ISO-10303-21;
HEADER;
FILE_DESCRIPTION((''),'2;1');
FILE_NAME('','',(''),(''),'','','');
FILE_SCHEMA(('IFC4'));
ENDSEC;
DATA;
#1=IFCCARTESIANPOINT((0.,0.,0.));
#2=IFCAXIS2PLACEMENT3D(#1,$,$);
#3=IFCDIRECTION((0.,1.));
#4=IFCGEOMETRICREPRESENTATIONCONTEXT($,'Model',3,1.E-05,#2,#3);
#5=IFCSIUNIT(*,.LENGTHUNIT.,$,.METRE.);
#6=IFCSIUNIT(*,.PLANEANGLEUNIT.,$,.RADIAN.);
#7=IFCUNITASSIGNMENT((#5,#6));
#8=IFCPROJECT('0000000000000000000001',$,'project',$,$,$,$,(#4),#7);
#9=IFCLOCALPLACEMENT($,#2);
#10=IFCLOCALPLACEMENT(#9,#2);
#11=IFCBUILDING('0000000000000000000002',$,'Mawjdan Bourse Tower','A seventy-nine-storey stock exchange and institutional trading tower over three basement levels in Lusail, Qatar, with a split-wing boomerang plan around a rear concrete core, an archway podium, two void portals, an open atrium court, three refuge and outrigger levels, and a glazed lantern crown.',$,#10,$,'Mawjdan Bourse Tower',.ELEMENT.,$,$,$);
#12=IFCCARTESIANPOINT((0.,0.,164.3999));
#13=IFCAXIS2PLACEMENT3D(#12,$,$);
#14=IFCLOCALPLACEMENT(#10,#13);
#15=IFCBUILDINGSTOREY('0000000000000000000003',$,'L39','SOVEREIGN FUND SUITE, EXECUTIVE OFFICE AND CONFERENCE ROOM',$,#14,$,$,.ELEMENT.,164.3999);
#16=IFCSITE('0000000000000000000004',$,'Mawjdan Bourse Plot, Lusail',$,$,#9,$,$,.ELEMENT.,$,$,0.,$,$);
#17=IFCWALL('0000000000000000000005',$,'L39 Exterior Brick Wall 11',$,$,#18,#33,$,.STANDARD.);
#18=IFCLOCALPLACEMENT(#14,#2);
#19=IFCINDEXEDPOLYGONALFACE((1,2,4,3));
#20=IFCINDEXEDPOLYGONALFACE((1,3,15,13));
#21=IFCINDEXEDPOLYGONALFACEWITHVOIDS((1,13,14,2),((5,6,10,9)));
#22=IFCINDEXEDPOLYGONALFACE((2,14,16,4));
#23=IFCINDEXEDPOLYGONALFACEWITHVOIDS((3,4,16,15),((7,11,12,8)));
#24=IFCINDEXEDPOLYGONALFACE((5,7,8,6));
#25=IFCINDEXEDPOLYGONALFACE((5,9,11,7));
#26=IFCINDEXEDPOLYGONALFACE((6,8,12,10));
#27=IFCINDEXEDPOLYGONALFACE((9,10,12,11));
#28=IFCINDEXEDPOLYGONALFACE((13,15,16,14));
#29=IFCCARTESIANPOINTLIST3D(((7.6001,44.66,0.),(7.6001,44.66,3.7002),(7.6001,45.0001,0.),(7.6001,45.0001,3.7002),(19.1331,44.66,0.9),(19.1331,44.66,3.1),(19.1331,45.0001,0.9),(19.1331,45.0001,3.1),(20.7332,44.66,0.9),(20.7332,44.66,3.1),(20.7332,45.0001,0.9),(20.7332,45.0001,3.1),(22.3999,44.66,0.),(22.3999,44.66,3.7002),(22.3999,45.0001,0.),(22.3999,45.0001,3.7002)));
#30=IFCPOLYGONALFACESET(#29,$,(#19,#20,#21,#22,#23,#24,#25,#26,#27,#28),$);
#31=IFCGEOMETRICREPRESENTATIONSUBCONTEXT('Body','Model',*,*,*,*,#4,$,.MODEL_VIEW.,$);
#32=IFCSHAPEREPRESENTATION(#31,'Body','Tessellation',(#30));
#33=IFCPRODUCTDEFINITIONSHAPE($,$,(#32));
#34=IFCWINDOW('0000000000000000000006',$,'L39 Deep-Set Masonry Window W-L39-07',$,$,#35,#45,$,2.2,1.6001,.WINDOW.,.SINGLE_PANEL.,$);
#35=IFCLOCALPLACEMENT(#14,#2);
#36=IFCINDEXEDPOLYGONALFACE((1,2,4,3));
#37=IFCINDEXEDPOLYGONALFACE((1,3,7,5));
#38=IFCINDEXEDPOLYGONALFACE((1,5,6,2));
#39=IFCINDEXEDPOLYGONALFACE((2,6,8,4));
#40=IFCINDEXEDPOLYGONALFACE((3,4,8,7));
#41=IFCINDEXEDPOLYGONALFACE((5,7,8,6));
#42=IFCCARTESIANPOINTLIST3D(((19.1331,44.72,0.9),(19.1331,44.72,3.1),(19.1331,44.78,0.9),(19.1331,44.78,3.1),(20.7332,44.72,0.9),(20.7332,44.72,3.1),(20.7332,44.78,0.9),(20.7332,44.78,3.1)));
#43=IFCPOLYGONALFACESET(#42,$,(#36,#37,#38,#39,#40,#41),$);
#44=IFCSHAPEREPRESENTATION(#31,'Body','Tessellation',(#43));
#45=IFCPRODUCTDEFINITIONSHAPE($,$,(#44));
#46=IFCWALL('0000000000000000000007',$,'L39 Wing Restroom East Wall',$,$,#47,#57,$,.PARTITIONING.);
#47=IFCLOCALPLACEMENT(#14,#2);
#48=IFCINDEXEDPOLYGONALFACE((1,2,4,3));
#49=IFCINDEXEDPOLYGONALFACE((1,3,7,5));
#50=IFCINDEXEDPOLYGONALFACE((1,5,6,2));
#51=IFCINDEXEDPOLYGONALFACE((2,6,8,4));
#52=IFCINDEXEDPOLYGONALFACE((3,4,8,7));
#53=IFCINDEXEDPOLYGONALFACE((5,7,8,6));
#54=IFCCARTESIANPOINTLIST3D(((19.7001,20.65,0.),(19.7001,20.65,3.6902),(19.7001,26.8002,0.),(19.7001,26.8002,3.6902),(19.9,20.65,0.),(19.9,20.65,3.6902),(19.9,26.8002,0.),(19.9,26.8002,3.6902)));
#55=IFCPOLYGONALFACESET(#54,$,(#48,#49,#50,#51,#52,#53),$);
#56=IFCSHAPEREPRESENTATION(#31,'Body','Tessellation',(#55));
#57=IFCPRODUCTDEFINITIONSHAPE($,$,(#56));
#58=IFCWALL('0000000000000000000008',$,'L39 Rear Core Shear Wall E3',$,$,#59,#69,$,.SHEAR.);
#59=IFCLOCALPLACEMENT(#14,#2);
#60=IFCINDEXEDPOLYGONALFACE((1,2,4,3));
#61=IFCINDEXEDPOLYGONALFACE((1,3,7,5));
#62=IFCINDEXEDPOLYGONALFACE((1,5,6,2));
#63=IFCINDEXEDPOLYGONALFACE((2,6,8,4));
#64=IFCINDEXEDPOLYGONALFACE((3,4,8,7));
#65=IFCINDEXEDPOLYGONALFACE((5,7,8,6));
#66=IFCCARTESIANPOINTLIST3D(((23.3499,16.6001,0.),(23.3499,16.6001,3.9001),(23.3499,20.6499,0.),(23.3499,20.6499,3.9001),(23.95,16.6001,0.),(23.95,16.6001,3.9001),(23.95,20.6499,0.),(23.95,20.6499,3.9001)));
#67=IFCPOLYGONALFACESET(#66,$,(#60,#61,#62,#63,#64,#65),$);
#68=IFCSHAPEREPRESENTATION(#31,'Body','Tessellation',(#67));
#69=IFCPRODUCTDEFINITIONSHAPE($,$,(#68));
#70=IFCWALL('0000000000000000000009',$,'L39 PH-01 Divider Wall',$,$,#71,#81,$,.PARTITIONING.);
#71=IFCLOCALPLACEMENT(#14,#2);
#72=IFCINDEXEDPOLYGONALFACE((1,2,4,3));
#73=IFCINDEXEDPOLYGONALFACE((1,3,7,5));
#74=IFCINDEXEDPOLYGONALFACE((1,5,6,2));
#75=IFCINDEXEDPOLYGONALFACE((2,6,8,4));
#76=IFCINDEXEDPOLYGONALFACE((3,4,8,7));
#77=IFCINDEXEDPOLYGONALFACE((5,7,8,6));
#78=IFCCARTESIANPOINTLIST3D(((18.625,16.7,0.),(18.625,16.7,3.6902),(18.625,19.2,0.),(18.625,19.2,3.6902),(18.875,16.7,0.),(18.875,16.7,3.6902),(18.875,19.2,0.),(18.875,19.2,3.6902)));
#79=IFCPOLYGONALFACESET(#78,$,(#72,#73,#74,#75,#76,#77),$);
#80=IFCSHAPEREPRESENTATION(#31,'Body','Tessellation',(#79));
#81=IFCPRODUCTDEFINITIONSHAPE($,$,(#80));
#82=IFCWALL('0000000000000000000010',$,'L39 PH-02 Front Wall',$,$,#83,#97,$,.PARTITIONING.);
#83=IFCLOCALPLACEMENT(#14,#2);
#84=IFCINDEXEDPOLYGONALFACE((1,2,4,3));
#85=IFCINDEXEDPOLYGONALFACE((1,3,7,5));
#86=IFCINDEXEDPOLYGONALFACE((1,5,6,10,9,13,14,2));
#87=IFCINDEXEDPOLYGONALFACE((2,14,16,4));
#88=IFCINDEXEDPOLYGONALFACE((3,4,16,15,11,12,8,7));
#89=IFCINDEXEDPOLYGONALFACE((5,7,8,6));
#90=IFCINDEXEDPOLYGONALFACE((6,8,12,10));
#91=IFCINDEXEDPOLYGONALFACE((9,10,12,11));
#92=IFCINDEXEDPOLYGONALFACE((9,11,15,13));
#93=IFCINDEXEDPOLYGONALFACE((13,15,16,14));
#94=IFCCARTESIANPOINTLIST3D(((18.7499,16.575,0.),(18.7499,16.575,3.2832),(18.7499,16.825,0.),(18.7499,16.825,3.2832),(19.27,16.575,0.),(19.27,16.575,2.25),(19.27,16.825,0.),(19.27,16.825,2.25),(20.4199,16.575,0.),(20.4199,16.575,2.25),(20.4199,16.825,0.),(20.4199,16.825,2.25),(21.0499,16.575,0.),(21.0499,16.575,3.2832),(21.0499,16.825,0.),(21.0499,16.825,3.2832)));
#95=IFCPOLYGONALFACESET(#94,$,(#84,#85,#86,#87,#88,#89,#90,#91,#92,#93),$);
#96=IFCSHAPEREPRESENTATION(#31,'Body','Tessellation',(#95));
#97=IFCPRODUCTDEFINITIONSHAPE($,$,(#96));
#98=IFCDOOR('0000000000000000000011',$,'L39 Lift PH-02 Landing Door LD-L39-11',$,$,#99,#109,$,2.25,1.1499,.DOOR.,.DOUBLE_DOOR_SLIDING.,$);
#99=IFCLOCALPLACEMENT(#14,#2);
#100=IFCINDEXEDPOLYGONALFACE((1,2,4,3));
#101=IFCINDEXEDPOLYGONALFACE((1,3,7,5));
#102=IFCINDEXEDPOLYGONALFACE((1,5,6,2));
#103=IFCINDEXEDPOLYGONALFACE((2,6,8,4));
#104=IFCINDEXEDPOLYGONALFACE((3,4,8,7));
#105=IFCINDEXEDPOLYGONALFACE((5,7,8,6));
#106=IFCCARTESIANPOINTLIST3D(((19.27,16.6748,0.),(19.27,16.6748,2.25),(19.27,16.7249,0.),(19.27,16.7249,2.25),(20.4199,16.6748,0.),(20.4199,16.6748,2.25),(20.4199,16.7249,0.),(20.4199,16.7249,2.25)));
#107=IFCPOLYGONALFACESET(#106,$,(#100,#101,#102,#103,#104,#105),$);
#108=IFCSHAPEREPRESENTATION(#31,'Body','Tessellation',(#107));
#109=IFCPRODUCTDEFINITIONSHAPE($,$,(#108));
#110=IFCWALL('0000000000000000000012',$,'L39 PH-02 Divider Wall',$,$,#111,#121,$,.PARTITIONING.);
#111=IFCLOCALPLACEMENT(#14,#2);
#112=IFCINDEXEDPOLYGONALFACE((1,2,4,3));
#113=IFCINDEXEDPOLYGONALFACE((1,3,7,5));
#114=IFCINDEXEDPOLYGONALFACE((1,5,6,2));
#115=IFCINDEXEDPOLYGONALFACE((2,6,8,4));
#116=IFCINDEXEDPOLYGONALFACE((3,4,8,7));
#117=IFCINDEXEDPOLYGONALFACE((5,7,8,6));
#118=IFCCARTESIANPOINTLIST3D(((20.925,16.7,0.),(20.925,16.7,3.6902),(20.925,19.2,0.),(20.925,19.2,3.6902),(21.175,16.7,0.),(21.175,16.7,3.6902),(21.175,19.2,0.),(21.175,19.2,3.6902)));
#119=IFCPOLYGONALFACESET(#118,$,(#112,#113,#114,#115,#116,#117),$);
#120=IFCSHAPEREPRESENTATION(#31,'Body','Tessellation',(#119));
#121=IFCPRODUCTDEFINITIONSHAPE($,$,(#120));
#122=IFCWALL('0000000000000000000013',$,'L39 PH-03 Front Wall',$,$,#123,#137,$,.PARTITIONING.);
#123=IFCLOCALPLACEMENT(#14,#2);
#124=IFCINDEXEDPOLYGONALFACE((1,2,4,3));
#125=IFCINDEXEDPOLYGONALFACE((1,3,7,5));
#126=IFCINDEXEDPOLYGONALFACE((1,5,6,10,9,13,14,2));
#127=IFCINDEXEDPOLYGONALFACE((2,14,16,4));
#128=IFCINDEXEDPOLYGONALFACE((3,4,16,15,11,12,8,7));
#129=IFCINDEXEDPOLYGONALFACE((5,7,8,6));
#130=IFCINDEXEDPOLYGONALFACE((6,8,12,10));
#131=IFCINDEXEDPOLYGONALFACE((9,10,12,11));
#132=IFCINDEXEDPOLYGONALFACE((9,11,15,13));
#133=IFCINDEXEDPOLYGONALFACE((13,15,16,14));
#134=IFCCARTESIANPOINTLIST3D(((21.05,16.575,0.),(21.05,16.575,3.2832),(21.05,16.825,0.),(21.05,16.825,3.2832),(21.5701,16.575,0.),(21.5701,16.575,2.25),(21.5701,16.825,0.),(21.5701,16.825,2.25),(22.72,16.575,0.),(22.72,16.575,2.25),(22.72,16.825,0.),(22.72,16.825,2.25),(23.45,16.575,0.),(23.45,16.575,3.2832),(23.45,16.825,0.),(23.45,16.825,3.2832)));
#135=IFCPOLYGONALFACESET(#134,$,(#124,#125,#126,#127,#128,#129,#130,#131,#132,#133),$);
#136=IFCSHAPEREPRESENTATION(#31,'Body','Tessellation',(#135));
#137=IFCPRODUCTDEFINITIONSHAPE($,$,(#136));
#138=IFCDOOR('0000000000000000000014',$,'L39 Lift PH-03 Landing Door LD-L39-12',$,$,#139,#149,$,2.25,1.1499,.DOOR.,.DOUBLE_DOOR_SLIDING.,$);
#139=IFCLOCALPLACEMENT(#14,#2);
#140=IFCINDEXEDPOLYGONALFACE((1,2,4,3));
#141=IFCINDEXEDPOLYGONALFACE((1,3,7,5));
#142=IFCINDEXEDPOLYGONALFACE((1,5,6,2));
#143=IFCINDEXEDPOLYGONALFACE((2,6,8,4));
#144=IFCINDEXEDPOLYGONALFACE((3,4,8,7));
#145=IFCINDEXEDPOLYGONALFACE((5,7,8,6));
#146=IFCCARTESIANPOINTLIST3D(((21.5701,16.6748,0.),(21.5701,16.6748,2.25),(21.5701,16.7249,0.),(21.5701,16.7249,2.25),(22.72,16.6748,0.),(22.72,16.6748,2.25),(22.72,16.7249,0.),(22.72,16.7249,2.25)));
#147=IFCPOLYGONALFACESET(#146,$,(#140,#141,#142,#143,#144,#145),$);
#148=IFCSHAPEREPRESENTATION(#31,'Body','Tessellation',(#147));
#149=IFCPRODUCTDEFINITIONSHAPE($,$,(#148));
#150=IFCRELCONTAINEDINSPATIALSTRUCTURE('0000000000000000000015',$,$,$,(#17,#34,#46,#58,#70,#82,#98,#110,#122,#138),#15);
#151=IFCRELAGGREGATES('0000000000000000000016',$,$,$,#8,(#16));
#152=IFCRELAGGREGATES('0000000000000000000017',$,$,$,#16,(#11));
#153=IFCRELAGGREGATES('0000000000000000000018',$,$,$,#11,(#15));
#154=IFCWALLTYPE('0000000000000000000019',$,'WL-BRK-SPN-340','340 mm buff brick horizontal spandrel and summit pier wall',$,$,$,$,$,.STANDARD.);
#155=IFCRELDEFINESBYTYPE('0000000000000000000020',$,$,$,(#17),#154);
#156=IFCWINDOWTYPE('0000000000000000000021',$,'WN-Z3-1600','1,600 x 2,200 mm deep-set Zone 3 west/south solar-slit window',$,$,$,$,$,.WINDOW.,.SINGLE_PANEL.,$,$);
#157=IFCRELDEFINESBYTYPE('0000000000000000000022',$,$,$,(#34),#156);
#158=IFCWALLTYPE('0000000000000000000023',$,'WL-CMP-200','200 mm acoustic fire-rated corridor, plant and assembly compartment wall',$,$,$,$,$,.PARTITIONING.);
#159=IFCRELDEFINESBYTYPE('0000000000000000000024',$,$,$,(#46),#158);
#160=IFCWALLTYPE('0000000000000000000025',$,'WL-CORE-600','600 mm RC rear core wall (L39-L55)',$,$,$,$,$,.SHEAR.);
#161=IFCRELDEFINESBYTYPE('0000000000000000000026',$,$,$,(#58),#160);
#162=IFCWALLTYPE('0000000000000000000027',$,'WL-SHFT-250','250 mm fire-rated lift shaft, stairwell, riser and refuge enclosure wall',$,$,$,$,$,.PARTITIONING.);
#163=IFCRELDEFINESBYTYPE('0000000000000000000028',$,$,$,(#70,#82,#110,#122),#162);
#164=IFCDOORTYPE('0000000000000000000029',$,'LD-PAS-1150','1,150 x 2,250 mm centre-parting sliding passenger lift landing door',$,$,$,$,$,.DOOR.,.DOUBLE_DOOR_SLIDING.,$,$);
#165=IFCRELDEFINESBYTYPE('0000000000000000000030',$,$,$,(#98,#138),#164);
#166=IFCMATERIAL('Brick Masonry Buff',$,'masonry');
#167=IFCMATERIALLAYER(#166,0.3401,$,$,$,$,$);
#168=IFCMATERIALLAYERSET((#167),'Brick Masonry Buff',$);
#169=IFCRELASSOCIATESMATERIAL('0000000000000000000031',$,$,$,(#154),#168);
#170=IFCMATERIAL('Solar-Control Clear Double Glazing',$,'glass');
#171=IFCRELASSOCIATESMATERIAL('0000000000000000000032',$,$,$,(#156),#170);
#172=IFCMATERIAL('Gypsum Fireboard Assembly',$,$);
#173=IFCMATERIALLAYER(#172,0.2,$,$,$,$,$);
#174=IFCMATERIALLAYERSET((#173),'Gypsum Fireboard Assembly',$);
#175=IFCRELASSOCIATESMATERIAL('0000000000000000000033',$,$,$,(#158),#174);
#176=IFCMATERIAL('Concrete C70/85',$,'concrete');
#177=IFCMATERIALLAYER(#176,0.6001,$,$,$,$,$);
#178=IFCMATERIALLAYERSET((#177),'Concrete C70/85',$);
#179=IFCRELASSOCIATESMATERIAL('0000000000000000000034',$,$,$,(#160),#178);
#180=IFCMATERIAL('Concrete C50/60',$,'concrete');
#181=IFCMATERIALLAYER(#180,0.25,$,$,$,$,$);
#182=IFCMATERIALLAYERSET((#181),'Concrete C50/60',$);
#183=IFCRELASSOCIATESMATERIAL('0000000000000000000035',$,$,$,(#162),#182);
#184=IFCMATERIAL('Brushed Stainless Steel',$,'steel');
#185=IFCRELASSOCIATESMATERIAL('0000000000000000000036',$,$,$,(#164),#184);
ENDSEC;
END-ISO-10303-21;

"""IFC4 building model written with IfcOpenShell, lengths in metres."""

from ifc_helpers import new_model, si_unit, direction, frame, frame_2d, origin, place, context, subcontext, project, spatial, rectangle, extrude, material, layer, layer_set, type_object, element, fill, save


model = new_model("IFC4")

# Units and contexts
model_context = context("Model", 3, precision=1e-05, world=origin(), true_north=direction((0.0, 1.0)))
body_context = subcontext(model_context, "Body", "Model", "MODEL_VIEW")
ifc_project = project(units=[si_unit("LENGTHUNIT", "METRE"), si_unit("PLANEANGLEUNIT", "RADIAN")], contexts=[model_context])

# Site, building, storey
site_placement = place(None, origin())
site = spatial("IfcSite", under=ifc_project, at=site_placement, Name="Mawjdan Bourse Plot, Lusail", CompositionType="ELEMENT", RefElevation=0.0)
building_placement = place(site_placement, origin())
building = spatial("IfcBuilding", under=site, at=building_placement, Name="Mawjdan Bourse Tower", Description="A seventy-nine-storey stock exchange and institutional trading tower over three basement levels in Lusail, Qatar, with a split-wing boomerang plan around a rear concrete core, an archway podium, two void portals, an open atrium court, three refuge and outrigger levels, and a glazed lantern crown.", LongName="Mawjdan Bourse Tower", CompositionType="ELEMENT")
storey_placement = place(building_placement, frame((0.0, 0.0, 164.3999)))
storey = spatial("IfcBuildingStorey", under=building, at=storey_placement, Name="L39", Description="SOVEREIGN FUND SUITE, EXECUTIVE OFFICE AND CONFERENCE ROOM", CompositionType="ELEMENT", Elevation=164.3999)

# Shared definitions
ifc_material_1 = material(Name="Concrete C70/85", Category="concrete")

# Shared definitions
ifc_material_2 = material(Name="Brick Masonry Buff", Category="masonry")
ifc_layer_1 = layer(ifc_material_2, 0.3401)
ifc_layer_set_1 = layer_set([ifc_layer_1], Name="Brick Masonry Buff")
wall_type_1 = type_object("IfcWallType", Name="WL-BRK-SPN-340", Description="340 mm buff brick horizontal spandrel and summit pier wall", PredefinedType="STANDARD", material=ifc_layer_set_1)
ifc_material_3 = material(Name="Solar-Control Clear Double Glazing", Category="glass")

# Wall, opening, window
wall_1_placement = place(storey_placement, frame((22.3999, 44.8301, 0.0), z_axis=(0.0, 0.0, 1.0), x_axis=(-1.0, 0.0, 0.0)))
wall_1 = element("IfcWall", 1, at=wall_1_placement, inside=storey, type_object=wall_type_1, Name="L39 Exterior Brick Wall 11", PredefinedType="STANDARD", context=body_context, shape_type="SweptSolid", body=[
    extrude(rectangle(XDim=14.7998, YDim=0.3401, at=frame_2d((7.3999, 0.0))), origin(), (0.0, 0.0, 1.0), 3.7002),
])
opening_1_placement = place(wall_1_placement, frame((1.6667, 0.0, 0.8999)))
opening_1 = element("IfcOpeningElement", 2, at=opening_1_placement, cuts=wall_1, PredefinedType="OPENING", context=body_context, shape_type="SweptSolid", body=[
    extrude(rectangle(XDim=1.6001, YDim=2.2, at=frame_2d((0.8, 1.1001))), frame((0.0, 0.1802, 0.0), z_axis=(0.0, -1.0, 0.0), x_axis=(1.0, 0.0, 0.0)), (0.0, 0.0, 1.0), 0.3601),
])
window_type_1 = type_object("IfcWindowType", Name="WN-Z3-1600", Description="1,600 x 2,200 mm deep-set Zone 3 west/south solar-slit window", PartitioningType="SINGLE_PANEL", PredefinedType="WINDOW", material=ifc_material_3)
window_1_placement = place(opening_1_placement, origin())
window_1 = element("IfcWindow", 3, at=window_1_placement, inside=storey, type_object=window_type_1, Name="L39 Deep-Set Masonry Window W-L39-07", OverallHeight=2.2, OverallWidth=1.6001, PartitioningType="SINGLE_PANEL", PredefinedType="WINDOW", context=body_context, shape_type="SweptSolid", body=[
    extrude(rectangle(XDim=1.6001, YDim=2.2, at=frame_2d((0.8, 1.1001))), frame((0.0, 0.1101, 0.0), z_axis=(0.0, -1.0, 0.0), x_axis=(1.0, 0.0, 0.0)), (0.0, 0.0, 1.0), 0.0601),
])
fill(opening_1, window_1)

# Walls
ifc_material_4 = material(Name="Gypsum Fireboard Assembly")
ifc_layer_2 = layer(ifc_material_4, 0.2)
ifc_layer_set_2 = layer_set([ifc_layer_2], Name="Gypsum Fireboard Assembly")
wall_type_2 = type_object("IfcWallType", Name="WL-CMP-200", Description="200 mm acoustic fire-rated corridor, plant and assembly compartment wall", PredefinedType="PARTITIONING", material=ifc_layer_set_2)
wall_2_placement = place(storey_placement, frame((19.8, 20.6499, 0.0), z_axis=(0.0, 0.0, 1.0), x_axis=(0.0, 1.0, 0.0)))
element("IfcWall", 4, at=wall_2_placement, inside=storey, type_object=wall_type_2, Name="L39 Wing Restroom East Wall", PredefinedType="PARTITIONING", context=body_context, shape_type="SweptSolid", body=[
    extrude(rectangle(XDim=6.1501, YDim=0.2, at=frame_2d((3.0752, 0.0))), origin(), (0.0, 0.0, 1.0), 3.6902),
])
ifc_layer_3 = layer(ifc_material_1, 0.6001)
ifc_layer_set_3 = layer_set([ifc_layer_3], Name="Concrete C70/85")
wall_type_3 = type_object("IfcWallType", Name="WL-CORE-600", Description="600 mm RC rear core wall (L39-L55)", PredefinedType="SHEAR", material=ifc_layer_set_3)
wall_3_placement = place(storey_placement, frame((23.6499, 16.6001, 0.0), z_axis=(0.0, 0.0, 1.0), x_axis=(0.0, 1.0, 0.0)))
element("IfcWall", 5, at=wall_3_placement, inside=storey, type_object=wall_type_3, Name="L39 Rear Core Shear Wall E3", PredefinedType="SHEAR", context=body_context, shape_type="SweptSolid", body=[
    extrude(rectangle(XDim=4.0498, YDim=0.6001, at=frame_2d((2.0249, 0.0))), origin(), (0.0, 0.0, 1.0), 3.9001),
])
ifc_material_5 = material(Name="Concrete C50/60", Category="concrete")
ifc_layer_4 = layer(ifc_material_5, 0.25)
ifc_layer_set_4 = layer_set([ifc_layer_4], Name="Concrete C50/60")
wall_type_4 = type_object("IfcWallType", Name="WL-SHFT-250", Description="250 mm fire-rated lift shaft, stairwell, riser and refuge enclosure wall", PredefinedType="PARTITIONING", material=ifc_layer_set_4)
wall_4_placement = place(storey_placement, frame((18.75, 16.7, 0.0), z_axis=(0.0, 0.0, 1.0), x_axis=(0.0, 1.0, 0.0)))
element("IfcWall", 6, at=wall_4_placement, inside=storey, type_object=wall_type_4, Name="L39 PH-01 Divider Wall", PredefinedType="PARTITIONING", context=body_context, shape_type="SweptSolid", body=[
    extrude(rectangle(XDim=2.5, YDim=0.25, at=frame_2d((1.25, 0.0))), origin(), (0.0, 0.0, 1.0), 3.6902),
])

# Wall, opening, door
wall_5_placement = place(storey_placement, frame((18.75, 16.7, 0.0), z_axis=(0.0, 0.0, 1.0), x_axis=(1.0, 0.0, 0.0)))
wall_5 = element("IfcWall", 7, at=wall_5_placement, inside=storey, type_object=wall_type_4, Name="L39 PH-02 Front Wall", PredefinedType="PARTITIONING", context=body_context, shape_type="SweptSolid", body=[
    extrude(rectangle(XDim=2.3, YDim=0.25, at=frame_2d((1.1499, 0.0))), origin(), (0.0, 0.0, 1.0), 3.2832),
])
opening_2_placement = place(wall_5_placement, frame((0.52, 0.0, 0.0)))
opening_2 = element("IfcOpeningElement", 8, at=opening_2_placement, cuts=wall_5, PredefinedType="OPENING", context=body_context, shape_type="SweptSolid", body=[
    extrude(rectangle(XDim=1.1499, YDim=2.25, at=frame_2d((0.575, 1.125))), frame((0.0, 0.135, 0.0), z_axis=(0.0, -1.0, 0.0), x_axis=(1.0, 0.0, 0.0)), (0.0, 0.0, 1.0), 0.27),
])
ifc_material_6 = material(Name="Brushed Stainless Steel", Category="steel")
door_type = type_object("IfcDoorType", Name="LD-PAS-1150", Description="1,150 x 2,250 mm centre-parting sliding passenger lift landing door", OperationType="DOUBLE_DOOR_SLIDING", PredefinedType="DOOR", material=ifc_material_6)
door_1_placement = place(opening_2_placement, origin())
door_1 = element("IfcDoor", 9, at=door_1_placement, inside=storey, type_object=door_type, Name="L39 Lift PH-02 Landing Door LD-L39-11", OperationType="DOUBLE_DOOR_SLIDING", OverallHeight=2.25, OverallWidth=1.1499, PredefinedType="DOOR", context=body_context, shape_type="SweptSolid", body=[
    extrude(rectangle(XDim=1.1499, YDim=2.25, at=frame_2d((0.575, 1.125))), frame((0.0, 0.0249, 0.0), z_axis=(0.0, -1.0, 0.0), x_axis=(1.0, 0.0, 0.0)), (0.0, 0.0, 1.0), 0.05),
])
fill(opening_2, door_1)

# Wall
wall_6_placement = place(storey_placement, frame((21.05, 16.7, 0.0), z_axis=(0.0, 0.0, 1.0), x_axis=(0.0, 1.0, 0.0)))
element("IfcWall", 10, at=wall_6_placement, inside=storey, type_object=wall_type_4, Name="L39 PH-02 Divider Wall", PredefinedType="PARTITIONING", context=body_context, shape_type="SweptSolid", body=[
    extrude(rectangle(XDim=2.5, YDim=0.25, at=frame_2d((1.25, 0.0))), origin(), (0.0, 0.0, 1.0), 3.6902),
])

# Wall, opening, door
wall_7_placement = place(storey_placement, frame((21.05, 16.7, 0.0), z_axis=(0.0, 0.0, 1.0), x_axis=(1.0, 0.0, 0.0)))
wall_7 = element("IfcWall", 11, at=wall_7_placement, inside=storey, type_object=wall_type_4, Name="L39 PH-03 Front Wall", PredefinedType="PARTITIONING", context=body_context, shape_type="SweptSolid", body=[
    extrude(rectangle(XDim=2.3999, YDim=0.25, at=frame_2d((1.2, 0.0))), origin(), (0.0, 0.0, 1.0), 3.2832),
])
opening_3_placement = place(wall_7_placement, frame((0.52, 0.0, 0.0)))
opening_3 = element("IfcOpeningElement", 12, at=opening_3_placement, cuts=wall_7, PredefinedType="OPENING", context=body_context, shape_type="SweptSolid", body=[
    extrude(rectangle(XDim=1.1499, YDim=2.25, at=frame_2d((0.575, 1.125))), frame((0.0, 0.135, 0.0), z_axis=(0.0, -1.0, 0.0), x_axis=(1.0, 0.0, 0.0)), (0.0, 0.0, 1.0), 0.27),
])
door_2_placement = place(opening_3_placement, origin())
door_2 = element("IfcDoor", 13, at=door_2_placement, inside=storey, type_object=door_type, Name="L39 Lift PH-03 Landing Door LD-L39-12", OperationType="DOUBLE_DOOR_SLIDING", OverallHeight=2.25, OverallWidth=1.1499, PredefinedType="DOOR", context=body_context, shape_type="SweptSolid", body=[
    extrude(rectangle(XDim=1.1499, YDim=2.25, at=frame_2d((0.575, 1.125))), frame((0.0, 0.0249, 0.0), z_axis=(0.0, -1.0, 0.0), x_axis=(1.0, 0.0, 0.0)), (0.0, 0.0, 1.0), 0.05),
])
fill(opening_3, door_2)

save(model, "model.ifc")
